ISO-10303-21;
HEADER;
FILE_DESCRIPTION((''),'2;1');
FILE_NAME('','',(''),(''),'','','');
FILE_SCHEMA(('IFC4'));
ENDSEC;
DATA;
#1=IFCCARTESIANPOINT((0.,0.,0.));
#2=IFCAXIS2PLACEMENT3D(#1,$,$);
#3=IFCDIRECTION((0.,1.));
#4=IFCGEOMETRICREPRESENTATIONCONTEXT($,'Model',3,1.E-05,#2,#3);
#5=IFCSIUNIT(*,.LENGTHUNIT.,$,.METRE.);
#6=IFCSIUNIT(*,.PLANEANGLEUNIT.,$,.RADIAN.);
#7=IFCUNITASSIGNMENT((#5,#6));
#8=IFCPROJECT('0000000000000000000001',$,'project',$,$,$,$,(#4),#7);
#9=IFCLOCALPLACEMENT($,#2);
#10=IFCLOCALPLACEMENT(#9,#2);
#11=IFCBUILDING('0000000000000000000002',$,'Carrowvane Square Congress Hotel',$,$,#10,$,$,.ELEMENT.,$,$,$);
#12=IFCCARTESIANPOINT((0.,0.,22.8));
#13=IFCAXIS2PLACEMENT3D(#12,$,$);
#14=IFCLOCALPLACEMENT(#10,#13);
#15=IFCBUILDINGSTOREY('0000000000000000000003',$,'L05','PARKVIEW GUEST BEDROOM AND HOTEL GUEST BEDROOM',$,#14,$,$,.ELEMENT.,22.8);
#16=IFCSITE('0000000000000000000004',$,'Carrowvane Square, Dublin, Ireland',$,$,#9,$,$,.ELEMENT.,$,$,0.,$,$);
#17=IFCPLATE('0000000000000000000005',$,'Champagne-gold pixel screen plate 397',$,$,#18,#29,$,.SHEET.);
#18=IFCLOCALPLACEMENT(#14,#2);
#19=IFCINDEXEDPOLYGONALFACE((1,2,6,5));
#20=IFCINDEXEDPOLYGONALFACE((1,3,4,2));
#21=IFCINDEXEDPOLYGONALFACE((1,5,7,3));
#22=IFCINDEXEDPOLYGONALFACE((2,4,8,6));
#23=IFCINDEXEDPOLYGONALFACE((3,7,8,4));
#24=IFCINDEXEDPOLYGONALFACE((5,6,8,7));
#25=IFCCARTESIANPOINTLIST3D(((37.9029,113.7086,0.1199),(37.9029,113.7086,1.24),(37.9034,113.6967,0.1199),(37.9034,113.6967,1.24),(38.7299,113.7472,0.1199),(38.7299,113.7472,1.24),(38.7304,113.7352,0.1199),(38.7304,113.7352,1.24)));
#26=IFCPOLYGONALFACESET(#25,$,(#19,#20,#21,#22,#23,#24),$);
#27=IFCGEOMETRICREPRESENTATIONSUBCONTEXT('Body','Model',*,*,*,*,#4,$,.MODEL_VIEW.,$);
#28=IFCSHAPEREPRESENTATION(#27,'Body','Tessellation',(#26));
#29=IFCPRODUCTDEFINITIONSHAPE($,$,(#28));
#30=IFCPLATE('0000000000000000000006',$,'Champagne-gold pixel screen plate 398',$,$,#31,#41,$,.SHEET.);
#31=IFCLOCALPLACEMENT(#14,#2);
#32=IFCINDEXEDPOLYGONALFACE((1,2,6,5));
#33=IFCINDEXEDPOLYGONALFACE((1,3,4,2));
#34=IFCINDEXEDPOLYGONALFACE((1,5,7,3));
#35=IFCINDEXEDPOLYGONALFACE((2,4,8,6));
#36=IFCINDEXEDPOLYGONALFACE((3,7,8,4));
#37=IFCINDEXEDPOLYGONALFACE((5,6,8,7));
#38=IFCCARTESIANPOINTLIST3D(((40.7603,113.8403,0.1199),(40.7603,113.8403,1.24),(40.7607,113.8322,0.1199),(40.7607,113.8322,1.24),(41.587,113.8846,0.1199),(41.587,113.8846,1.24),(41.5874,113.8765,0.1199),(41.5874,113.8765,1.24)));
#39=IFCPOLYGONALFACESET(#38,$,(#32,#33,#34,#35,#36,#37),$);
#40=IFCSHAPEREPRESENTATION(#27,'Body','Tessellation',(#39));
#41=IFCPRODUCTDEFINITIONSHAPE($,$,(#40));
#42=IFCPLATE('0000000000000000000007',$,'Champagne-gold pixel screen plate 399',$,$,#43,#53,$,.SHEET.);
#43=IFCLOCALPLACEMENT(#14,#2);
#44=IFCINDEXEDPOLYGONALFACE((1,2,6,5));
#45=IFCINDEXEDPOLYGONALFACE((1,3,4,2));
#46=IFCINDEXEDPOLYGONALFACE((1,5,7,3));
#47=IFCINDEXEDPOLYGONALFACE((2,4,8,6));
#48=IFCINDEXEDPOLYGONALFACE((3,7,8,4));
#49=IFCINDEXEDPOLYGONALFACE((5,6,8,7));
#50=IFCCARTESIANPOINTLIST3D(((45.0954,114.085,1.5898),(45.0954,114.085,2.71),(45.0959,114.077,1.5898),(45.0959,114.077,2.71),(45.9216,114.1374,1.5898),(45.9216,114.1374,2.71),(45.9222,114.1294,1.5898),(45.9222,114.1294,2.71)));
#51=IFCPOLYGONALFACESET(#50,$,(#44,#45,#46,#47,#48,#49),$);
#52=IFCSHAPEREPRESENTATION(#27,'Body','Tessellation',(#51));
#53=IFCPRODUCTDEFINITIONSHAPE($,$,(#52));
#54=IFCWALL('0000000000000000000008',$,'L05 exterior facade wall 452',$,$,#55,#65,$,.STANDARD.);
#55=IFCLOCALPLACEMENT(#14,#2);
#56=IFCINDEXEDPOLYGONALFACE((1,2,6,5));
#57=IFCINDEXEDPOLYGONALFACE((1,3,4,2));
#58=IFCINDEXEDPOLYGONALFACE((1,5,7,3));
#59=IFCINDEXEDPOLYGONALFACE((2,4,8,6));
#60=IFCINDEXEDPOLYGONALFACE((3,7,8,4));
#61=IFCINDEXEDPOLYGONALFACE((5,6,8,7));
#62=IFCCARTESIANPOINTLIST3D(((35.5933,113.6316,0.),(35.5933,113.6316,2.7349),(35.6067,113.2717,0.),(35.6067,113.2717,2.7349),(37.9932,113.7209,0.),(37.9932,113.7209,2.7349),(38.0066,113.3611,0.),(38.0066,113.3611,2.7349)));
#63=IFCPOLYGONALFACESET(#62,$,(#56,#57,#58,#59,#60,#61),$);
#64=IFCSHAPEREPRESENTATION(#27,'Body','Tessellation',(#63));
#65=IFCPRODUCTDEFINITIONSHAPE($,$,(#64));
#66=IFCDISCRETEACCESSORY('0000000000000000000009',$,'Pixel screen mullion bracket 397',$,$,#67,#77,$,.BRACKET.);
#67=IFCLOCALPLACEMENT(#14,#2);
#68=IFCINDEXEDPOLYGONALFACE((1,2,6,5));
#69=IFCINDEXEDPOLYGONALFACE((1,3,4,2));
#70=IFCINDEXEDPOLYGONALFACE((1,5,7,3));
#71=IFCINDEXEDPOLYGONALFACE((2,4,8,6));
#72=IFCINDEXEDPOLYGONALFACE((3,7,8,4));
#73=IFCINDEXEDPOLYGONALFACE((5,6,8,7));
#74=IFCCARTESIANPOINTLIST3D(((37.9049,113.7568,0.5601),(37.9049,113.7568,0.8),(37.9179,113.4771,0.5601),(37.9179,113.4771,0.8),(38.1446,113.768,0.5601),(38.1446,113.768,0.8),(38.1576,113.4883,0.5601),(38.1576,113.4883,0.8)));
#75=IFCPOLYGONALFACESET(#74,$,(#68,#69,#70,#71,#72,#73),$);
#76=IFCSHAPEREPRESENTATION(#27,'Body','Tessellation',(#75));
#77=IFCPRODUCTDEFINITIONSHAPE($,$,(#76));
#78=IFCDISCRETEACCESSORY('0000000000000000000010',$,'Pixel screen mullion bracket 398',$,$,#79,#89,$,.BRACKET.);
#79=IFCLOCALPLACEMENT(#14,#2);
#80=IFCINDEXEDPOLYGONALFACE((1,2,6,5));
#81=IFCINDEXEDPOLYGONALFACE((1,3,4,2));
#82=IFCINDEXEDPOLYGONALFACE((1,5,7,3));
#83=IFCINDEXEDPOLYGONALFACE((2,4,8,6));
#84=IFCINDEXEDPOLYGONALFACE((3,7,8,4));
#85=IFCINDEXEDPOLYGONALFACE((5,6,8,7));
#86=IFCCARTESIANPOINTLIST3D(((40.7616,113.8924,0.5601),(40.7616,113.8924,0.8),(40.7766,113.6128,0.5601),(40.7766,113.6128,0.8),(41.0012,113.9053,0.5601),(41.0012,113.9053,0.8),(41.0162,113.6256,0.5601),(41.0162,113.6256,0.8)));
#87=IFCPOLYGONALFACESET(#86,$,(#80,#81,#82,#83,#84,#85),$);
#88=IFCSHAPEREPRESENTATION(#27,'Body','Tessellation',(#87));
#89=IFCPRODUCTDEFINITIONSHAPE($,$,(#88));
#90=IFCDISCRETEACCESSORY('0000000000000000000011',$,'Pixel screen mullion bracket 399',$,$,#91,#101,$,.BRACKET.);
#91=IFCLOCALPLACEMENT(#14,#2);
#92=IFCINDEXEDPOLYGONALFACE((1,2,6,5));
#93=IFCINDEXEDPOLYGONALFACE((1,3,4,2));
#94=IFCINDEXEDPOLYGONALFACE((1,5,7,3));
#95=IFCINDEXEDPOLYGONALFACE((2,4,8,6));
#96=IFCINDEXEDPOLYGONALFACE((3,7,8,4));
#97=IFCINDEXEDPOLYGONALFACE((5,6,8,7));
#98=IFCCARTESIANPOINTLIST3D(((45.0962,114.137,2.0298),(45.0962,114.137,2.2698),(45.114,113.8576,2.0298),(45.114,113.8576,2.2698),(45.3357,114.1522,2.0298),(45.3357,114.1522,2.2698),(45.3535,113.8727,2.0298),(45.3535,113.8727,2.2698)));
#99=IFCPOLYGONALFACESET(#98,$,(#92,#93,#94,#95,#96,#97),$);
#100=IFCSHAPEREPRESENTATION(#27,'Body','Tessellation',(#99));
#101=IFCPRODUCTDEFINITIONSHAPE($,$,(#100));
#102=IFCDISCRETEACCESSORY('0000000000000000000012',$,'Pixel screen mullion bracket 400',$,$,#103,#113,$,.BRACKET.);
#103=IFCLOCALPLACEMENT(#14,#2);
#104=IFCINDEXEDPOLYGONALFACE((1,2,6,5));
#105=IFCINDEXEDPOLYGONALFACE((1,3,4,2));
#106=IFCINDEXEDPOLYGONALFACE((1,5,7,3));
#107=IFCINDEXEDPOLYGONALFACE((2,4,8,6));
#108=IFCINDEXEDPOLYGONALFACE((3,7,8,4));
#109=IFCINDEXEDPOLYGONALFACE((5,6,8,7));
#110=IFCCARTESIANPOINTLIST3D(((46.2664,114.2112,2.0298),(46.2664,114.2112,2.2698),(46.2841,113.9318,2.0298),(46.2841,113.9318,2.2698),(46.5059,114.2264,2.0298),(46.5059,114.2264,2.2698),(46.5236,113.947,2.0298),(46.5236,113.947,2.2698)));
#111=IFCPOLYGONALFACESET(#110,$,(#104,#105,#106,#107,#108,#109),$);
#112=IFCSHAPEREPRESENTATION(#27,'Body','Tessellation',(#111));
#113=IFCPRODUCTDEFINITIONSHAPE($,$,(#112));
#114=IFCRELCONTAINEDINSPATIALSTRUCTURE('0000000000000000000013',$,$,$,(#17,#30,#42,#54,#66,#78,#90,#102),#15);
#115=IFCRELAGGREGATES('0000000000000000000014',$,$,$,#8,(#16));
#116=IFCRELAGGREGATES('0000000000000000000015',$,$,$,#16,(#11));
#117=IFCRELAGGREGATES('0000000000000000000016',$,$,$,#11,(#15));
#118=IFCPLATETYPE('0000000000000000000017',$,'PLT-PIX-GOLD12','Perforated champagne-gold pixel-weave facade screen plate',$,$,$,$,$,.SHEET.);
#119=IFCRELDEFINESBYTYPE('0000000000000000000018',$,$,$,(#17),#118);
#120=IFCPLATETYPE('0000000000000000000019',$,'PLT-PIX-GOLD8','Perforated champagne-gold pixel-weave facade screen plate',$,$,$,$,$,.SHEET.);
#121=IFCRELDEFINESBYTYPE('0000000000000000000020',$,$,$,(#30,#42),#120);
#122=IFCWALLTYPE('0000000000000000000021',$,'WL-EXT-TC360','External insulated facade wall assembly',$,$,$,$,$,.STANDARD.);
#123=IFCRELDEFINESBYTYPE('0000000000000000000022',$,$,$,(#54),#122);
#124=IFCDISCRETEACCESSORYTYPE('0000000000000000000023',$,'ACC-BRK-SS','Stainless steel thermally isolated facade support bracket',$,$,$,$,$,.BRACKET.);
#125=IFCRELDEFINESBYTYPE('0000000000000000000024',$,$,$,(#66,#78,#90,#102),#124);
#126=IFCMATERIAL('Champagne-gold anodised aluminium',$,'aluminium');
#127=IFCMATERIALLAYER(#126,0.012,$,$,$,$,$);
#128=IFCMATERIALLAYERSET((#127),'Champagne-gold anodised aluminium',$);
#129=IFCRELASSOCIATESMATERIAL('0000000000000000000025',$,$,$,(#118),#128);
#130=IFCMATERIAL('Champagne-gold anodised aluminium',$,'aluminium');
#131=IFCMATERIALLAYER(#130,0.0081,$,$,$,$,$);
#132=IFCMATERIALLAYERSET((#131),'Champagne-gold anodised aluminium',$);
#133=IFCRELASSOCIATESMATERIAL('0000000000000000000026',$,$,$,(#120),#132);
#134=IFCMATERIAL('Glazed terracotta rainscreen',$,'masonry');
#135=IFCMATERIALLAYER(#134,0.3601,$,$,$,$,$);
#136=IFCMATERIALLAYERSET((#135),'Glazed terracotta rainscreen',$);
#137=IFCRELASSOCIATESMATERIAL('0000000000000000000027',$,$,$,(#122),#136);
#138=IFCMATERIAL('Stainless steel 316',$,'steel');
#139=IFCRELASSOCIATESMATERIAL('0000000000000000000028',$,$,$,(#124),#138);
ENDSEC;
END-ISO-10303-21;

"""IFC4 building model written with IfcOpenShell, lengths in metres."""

from ifc_helpers import new_model, si_unit, direction, frame, frame_2d, origin, origin_2d, place, context, subcontext, project, spatial, rectangle, extrude, material, layer, layer_set, type_object, element, save


model = new_model("IFC4")

# Units and contexts
model_context = context("Model", 3, precision=1e-05, world=origin(), true_north=direction((0.0, 1.0)))
body_context = subcontext(model_context, "Body", "Model", "MODEL_VIEW")
ifc_project = project(units=[si_unit("LENGTHUNIT", "METRE"), si_unit("PLANEANGLEUNIT", "RADIAN")], contexts=[model_context])

# Site, building, storey
site_placement = place(None, origin())
site = spatial("IfcSite", under=ifc_project, at=site_placement, Name="Carrowvane Square, Dublin, Ireland", CompositionType="ELEMENT", RefElevation=0.0)
building_placement = place(site_placement, origin())
building = spatial("IfcBuilding", under=site, at=building_placement, Name="Carrowvane Square Congress Hotel", CompositionType="ELEMENT")
storey_placement = place(building_placement, frame((0.0, 0.0, 22.8)))
storey = spatial("IfcBuildingStorey", under=building, at=storey_placement, Name="L05", Description="PARKVIEW GUEST BEDROOM AND HOTEL GUEST BEDROOM", CompositionType="ELEMENT", Elevation=22.8)

# Plates
ifc_material_1 = material(Name="Champagne-gold anodised aluminium", Category="aluminium")
ifc_layer_1 = layer(ifc_material_1, 0.012)
ifc_layer_set_1 = layer_set([ifc_layer_1], Name="Champagne-gold anodised aluminium")
plate_type_1 = type_object("IfcPlateType", Name="PLT-PIX-GOLD12", Description="Perforated champagne-gold pixel-weave facade screen plate", PredefinedType="SHEET", material=ifc_layer_set_1)
plate_1_placement = place(storey_placement, frame((38.3167, 113.7219, 0.1199), z_axis=(0.0, 0.0, 1.0), x_axis=(0.998917, 0.046521, 0.0)))
element("IfcPlate", 1, at=plate_1_placement, inside=storey, type_object=plate_type_1, Name="Champagne-gold pixel screen plate 397", PredefinedType="SHEET", context=body_context, shape_type="SweptSolid", body=[
    extrude(rectangle(XDim=0.8279, YDim=0.012, at=origin_2d()), origin(), (0.0, 0.0, 1.0), 1.1201),
])
ifc_material_2 = material(Name="Champagne-gold anodised aluminium", Category="aluminium")
ifc_layer_2 = layer(ifc_material_2, 0.0081)
ifc_layer_set_2 = layer_set([ifc_layer_2], Name="Champagne-gold anodised aluminium")
plate_type_2 = type_object("IfcPlateType", Name="PLT-PIX-GOLD8", Description="Perforated champagne-gold pixel-weave facade screen plate", PredefinedType="SHEET", material=ifc_layer_set_2)
for number, where, z_axis, x_axis, name in (
    (2, (41.1738, 113.8584, 0.1199), (0.0, 0.0, 1.0), (0.998567, 0.053517, 0.0), "Champagne-gold pixel screen plate 398"),
    (3, (45.5088, 114.1072, 1.5898), (0.0, 0.0, 1.0), (0.997996, 0.063277, 0.0), "Champagne-gold pixel screen plate 399"),
):
    element("IfcPlate", number, at=place(storey_placement, frame(where, z_axis=z_axis, x_axis=x_axis)), inside=storey, type_object=plate_type_2, Name=name, PredefinedType="SHEET", context=body_context, shape_type="SweptSolid", body=[
        extrude(rectangle(XDim=0.8279, YDim=0.0081, at=origin_2d()), origin(), (0.0, 0.0, 1.0), 1.1201),
    ])

# Wall
ifc_material_3 = material(Name="Glazed terracotta rainscreen", Category="masonry")
ifc_layer_3 = layer(ifc_material_3, 0.3601)
ifc_layer_set_3 = layer_set([ifc_layer_3], Name="Glazed terracotta rainscreen")
wall_type = type_object("IfcWallType", Name="WL-EXT-TC360", Description="External insulated facade wall assembly", PredefinedType="STANDARD", material=ifc_layer_set_3)
wall_placement = place(storey_placement, frame((35.6001, 113.4517, 0.0), z_axis=(0.0, 0.0, 1.0), x_axis=(0.999308, 0.037207, 0.0)))
element("IfcWall", 4, at=wall_placement, inside=storey, type_object=wall_type, Name="L05 exterior facade wall 452", PredefinedType="STANDARD", context=body_context, shape_type="SweptSolid", body=[
    extrude(rectangle(XDim=2.4016, YDim=0.3601, at=frame_2d((1.2007, 0.0))), origin(), (0.0, 0.0, 1.0), 2.7349),
])

# Discrete accessories
ifc_material_4 = material(Name="Stainless steel 316", Category="steel")
discrete_accessory_type = type_object("IfcDiscreteAccessoryType", Name="ACC-BRK-SS", Description="Stainless steel thermally isolated facade support bracket", PredefinedType="BRACKET", material=ifc_material_4)
for number, where, z_axis, x_axis, name in (
    (5, (38.0312, 113.6226, 0.5601), (0.0, 0.0, 1.0), (0.998917, 0.046521, 0.0), "Pixel screen mullion bracket 397"),
    (6, (40.8889, 113.759, 0.5601), (0.0, 0.0, 1.0), (0.998567, 0.053517, 0.0), "Pixel screen mullion bracket 398"),
    (7, (45.2249, 114.0049, 2.0298), (0.0, 0.0, 1.0), (0.997996, 0.063277, 0.0), "Pixel screen mullion bracket 399"),
    (8, (46.395, 114.0791, 2.0298), (0.0, 0.0, 1.0), (0.997996, 0.063277, 0.0), "Pixel screen mullion bracket 400"),
):
    element("IfcDiscreteAccessory", number, at=place(storey_placement, frame(where, z_axis=z_axis, x_axis=x_axis)), inside=storey, type_object=discrete_accessory_type, Name=name, PredefinedType="BRACKET", context=body_context, shape_type="SweptSolid", body=[
        extrude(rectangle(XDim=0.24, YDim=0.28, at=origin_2d()), origin(), (0.0, 0.0, 1.0), 0.24),
    ])

save(model, "model.ifc")
